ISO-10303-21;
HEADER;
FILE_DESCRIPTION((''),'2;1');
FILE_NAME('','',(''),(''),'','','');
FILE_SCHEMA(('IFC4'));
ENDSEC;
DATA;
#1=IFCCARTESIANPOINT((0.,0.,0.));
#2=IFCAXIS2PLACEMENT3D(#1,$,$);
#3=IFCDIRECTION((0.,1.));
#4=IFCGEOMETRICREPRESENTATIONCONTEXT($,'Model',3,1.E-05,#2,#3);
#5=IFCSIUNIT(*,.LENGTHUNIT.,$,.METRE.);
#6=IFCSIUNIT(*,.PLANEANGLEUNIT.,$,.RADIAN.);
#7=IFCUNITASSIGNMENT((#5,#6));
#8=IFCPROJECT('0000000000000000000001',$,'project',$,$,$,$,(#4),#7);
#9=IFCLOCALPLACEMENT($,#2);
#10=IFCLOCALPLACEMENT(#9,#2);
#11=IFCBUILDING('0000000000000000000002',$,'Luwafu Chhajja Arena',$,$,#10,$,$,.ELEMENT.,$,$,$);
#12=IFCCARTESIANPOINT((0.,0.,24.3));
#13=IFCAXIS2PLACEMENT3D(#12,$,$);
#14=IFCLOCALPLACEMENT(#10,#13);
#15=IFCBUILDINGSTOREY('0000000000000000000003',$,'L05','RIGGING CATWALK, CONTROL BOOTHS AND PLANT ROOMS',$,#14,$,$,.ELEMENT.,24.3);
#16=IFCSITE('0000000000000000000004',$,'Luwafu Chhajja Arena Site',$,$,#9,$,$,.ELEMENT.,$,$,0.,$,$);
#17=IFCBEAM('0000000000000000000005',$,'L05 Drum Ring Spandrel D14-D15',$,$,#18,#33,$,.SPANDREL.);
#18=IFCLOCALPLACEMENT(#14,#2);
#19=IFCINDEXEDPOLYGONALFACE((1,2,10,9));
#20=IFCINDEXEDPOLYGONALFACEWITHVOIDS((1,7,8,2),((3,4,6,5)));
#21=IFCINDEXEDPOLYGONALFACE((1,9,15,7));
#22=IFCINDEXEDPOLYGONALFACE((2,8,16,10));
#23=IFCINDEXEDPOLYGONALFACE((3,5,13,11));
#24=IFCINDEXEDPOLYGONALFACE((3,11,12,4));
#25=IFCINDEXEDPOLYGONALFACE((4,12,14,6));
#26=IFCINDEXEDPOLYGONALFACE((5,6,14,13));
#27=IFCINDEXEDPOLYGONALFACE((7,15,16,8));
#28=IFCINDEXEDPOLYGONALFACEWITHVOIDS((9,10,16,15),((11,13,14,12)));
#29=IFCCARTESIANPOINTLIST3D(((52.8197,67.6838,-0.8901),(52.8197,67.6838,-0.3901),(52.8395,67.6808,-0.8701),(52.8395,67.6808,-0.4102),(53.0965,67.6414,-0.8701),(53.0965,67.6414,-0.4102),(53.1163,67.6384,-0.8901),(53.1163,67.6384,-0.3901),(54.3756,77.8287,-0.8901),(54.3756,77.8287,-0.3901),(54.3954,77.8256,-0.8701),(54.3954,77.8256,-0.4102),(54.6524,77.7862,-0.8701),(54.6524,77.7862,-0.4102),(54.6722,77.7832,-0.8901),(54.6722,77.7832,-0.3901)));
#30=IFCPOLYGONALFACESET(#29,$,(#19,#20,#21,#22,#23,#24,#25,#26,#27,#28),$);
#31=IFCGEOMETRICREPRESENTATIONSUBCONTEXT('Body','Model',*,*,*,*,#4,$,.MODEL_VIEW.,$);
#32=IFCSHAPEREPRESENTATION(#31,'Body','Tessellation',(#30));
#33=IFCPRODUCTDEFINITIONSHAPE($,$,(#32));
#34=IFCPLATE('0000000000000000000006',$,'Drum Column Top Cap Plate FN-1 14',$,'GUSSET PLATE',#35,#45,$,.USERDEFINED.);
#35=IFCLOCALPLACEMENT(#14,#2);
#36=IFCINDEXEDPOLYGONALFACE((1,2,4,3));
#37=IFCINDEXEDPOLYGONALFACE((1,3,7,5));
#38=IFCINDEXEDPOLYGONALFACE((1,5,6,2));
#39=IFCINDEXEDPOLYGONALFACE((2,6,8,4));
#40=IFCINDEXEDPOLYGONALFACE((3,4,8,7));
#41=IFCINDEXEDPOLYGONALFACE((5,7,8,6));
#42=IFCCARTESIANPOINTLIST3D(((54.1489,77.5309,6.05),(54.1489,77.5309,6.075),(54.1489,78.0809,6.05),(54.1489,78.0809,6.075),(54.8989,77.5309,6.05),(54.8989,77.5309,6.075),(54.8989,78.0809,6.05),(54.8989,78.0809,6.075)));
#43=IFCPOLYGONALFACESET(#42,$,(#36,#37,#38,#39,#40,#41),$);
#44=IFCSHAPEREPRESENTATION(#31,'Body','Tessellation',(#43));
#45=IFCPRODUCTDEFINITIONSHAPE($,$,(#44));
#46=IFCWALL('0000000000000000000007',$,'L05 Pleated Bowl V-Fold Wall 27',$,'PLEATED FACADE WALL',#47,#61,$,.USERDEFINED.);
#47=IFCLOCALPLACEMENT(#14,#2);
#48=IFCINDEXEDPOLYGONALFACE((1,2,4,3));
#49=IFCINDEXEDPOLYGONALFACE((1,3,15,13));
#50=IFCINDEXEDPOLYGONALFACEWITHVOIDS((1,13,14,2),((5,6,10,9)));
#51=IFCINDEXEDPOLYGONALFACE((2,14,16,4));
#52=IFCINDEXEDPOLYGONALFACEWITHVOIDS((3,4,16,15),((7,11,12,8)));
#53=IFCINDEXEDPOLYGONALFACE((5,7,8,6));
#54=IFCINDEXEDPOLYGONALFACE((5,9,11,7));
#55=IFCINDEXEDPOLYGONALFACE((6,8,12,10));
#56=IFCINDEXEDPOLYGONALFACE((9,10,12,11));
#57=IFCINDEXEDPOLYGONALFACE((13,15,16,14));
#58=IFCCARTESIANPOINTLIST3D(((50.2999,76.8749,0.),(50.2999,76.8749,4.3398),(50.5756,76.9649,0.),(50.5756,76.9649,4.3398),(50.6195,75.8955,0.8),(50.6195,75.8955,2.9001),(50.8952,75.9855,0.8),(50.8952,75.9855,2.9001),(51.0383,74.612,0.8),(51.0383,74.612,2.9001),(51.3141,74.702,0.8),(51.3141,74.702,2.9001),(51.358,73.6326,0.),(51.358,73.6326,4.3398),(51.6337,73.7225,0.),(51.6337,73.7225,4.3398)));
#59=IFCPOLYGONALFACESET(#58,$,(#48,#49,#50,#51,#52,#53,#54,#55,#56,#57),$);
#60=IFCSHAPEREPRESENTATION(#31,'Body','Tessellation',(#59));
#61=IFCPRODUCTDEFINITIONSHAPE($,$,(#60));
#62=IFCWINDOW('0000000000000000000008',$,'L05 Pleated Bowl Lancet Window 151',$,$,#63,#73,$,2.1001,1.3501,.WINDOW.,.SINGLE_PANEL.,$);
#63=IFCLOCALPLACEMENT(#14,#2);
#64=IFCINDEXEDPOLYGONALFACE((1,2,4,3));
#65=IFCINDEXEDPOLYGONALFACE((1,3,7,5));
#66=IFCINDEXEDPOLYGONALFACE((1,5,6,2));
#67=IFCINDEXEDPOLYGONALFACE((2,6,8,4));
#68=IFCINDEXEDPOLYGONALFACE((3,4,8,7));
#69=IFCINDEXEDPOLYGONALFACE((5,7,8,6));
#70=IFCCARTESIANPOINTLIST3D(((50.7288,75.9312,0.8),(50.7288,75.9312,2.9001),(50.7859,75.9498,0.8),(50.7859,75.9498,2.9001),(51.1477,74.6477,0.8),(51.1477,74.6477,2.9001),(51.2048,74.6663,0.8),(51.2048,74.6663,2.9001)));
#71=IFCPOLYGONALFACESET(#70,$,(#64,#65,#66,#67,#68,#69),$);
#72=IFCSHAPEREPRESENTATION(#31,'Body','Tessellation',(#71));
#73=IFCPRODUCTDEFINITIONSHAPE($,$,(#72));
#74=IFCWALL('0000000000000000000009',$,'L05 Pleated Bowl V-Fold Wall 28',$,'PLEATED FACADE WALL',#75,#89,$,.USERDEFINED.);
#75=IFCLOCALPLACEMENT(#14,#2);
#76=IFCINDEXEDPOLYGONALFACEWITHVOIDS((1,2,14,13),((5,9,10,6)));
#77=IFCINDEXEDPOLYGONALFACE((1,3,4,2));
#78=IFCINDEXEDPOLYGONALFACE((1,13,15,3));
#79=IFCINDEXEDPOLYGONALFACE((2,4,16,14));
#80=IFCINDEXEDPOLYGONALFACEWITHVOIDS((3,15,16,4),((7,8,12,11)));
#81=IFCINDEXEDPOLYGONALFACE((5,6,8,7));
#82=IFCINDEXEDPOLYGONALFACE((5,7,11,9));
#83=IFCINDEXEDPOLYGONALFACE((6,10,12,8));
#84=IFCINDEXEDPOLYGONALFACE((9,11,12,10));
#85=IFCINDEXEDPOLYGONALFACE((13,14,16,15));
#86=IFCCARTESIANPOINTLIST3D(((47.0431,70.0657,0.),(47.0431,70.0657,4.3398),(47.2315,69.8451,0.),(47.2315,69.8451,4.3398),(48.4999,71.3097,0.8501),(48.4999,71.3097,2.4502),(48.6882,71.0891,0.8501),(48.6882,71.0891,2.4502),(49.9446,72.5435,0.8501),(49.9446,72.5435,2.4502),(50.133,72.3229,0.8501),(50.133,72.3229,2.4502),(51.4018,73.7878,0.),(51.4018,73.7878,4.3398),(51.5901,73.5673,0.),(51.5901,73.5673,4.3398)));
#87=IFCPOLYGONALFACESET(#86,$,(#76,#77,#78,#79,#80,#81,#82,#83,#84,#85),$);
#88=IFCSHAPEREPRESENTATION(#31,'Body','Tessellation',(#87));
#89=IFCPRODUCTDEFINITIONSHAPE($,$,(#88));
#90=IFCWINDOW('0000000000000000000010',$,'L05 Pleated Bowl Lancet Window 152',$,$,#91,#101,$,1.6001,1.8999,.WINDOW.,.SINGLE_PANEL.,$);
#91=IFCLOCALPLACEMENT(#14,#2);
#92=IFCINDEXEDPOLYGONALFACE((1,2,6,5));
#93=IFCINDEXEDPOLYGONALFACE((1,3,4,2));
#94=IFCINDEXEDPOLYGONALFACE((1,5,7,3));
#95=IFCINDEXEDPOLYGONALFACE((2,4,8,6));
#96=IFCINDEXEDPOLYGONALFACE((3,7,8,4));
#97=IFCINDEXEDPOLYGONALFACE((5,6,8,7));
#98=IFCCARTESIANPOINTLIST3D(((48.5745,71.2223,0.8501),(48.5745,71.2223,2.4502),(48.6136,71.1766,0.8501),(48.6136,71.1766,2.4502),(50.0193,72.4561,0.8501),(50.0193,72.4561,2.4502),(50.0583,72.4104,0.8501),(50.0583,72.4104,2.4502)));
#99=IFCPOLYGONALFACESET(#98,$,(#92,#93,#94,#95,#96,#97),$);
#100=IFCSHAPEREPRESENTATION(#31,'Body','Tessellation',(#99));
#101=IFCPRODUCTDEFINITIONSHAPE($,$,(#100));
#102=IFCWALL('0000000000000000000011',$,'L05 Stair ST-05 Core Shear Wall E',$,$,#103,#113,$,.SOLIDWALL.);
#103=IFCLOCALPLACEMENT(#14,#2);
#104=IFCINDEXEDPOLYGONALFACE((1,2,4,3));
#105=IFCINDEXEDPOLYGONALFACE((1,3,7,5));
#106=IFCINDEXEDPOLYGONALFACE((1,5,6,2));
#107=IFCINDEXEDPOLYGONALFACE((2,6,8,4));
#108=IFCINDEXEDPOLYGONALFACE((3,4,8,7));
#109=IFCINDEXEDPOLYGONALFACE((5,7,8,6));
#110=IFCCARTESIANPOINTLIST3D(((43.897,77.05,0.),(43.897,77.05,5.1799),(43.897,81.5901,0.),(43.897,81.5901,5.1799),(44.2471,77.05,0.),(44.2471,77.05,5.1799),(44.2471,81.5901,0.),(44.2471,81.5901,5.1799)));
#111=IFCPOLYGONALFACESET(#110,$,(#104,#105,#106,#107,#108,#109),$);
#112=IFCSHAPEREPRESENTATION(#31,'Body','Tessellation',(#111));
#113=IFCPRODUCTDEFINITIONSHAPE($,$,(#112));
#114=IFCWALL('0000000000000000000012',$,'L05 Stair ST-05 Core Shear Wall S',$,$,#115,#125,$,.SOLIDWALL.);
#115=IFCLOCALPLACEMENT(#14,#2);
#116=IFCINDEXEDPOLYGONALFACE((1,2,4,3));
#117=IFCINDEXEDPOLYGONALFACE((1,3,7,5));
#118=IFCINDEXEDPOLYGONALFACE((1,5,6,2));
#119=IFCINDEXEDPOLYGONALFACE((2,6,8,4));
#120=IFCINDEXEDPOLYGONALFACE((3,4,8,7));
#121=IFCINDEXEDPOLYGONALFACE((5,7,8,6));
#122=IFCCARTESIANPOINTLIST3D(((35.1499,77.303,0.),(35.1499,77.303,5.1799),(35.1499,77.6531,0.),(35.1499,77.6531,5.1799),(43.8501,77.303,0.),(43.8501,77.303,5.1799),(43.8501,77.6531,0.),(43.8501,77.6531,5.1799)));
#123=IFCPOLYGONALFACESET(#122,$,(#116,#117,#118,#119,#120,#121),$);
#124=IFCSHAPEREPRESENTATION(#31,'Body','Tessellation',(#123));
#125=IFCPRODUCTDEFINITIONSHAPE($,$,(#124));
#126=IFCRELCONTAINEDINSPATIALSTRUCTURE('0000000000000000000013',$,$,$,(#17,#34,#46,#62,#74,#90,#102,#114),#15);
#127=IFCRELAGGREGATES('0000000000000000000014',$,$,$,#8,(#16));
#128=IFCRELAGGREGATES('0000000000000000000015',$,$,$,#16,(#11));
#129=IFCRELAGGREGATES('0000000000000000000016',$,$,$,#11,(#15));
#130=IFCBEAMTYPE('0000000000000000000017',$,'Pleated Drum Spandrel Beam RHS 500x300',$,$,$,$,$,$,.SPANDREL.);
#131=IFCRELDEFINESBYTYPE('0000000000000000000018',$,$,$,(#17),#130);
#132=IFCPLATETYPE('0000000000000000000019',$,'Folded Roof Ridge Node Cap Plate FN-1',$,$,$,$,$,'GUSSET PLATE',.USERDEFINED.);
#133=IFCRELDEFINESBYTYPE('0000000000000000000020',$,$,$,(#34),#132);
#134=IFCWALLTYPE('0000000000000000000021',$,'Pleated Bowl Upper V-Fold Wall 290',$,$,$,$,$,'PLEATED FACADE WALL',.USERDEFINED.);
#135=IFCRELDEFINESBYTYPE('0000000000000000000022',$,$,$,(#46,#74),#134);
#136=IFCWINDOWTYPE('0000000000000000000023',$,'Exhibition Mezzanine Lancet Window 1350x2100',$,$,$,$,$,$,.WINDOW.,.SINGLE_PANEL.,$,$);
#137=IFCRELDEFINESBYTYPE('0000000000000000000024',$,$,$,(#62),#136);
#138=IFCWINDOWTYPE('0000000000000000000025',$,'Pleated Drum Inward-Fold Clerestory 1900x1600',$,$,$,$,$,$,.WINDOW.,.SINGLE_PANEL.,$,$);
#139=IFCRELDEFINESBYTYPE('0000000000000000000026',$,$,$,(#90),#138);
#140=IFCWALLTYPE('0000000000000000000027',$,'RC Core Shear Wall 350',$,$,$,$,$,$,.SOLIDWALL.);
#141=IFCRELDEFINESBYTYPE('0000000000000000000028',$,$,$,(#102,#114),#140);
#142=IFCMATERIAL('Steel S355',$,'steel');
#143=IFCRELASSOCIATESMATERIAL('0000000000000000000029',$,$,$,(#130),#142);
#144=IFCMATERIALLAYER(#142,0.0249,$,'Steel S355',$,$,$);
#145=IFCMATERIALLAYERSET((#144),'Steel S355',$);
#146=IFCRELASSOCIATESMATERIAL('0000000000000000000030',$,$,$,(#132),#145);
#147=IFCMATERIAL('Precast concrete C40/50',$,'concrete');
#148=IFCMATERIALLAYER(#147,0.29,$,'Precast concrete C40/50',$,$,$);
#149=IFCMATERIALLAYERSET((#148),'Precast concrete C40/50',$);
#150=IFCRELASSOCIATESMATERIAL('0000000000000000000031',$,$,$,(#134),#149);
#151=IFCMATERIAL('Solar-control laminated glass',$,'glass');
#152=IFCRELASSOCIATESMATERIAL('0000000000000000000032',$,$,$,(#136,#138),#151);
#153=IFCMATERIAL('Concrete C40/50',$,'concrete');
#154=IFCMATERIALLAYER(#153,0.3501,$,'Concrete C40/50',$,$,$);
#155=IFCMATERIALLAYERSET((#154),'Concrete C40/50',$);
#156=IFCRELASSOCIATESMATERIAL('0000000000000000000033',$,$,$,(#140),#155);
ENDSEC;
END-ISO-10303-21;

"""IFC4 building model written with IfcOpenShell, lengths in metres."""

from ifc_helpers import new_model, si_unit, direction, frame, frame_2d, origin, origin_2d, place, context, subcontext, project, spatial, rectangle, hollow_rectangle, extrude, material, layer, layer_set, material_profile, profile_set, type_object, element, fill, save


model = new_model("IFC4")

# Units and contexts
model_context = context("Model", 3, precision=1e-05, world=origin(), true_north=direction((0.0, 1.0)))
body_context = subcontext(model_context, "Body", "Model", "MODEL_VIEW")
ifc_project = project(units=[si_unit("LENGTHUNIT", "METRE"), si_unit("PLANEANGLEUNIT", "RADIAN")], contexts=[model_context])

# Site, building, storey
site_placement = place(None, origin())
site = spatial("IfcSite", under=ifc_project, at=site_placement, Name="Luwafu Chhajja Arena Site", CompositionType="ELEMENT", RefElevation=0.0)
building_placement = place(site_placement, origin())
building = spatial("IfcBuilding", under=site, at=building_placement, Name="Luwafu Chhajja Arena", CompositionType="ELEMENT")
storey_placement = place(building_placement, frame((0.0, 0.0, 24.3)))
storey = spatial("IfcBuildingStorey", under=building, at=storey_placement, Name="L05", Description="RIGGING CATWALK, CONTROL BOOTHS AND PLANT ROOMS", CompositionType="ELEMENT", Elevation=24.3)

# Shared definitions
ifc_material_1 = material(Name="Steel S355", Category="steel")

# Beam
ifc_material_profile_1 = material_profile(ifc_material_1, hollow_rectangle(XDim=0.3, YDim=0.5, WallThickness=0.02, at=origin_2d()), Name="RHS 500x300x20")
ifc_profile_set_1 = profile_set([ifc_material_profile_1], Name="Steel S355")
beam_type_1 = type_object("IfcBeamType", Name="Pleated Drum Spandrel Beam RHS 500x300", PredefinedType="SPANDREL", material=ifc_profile_set_1)
beam_1_placement = place(storey_placement, frame((54.5239, 77.8059, -0.6401), z_axis=(-0.151598, -0.988442, 0.0), x_axis=(0.988442, -0.151598, 0.0)))
element("IfcBeam", 1, at=beam_1_placement, inside=storey, type_object=beam_type_1, Name="L05 Drum Ring Spandrel D14-D15", PredefinedType="SPANDREL", context=body_context, shape_type="SweptSolid", body=[
    extrude(hollow_rectangle(XDim=0.3, YDim=0.5, WallThickness=0.02, at=origin_2d()), origin(), (0.0, 0.0, 1.0), 10.2634),
])

# Plate
ifc_layer_1 = layer(ifc_material_1, 0.0249, Name="Steel S355")
ifc_layer_set_1 = layer_set([ifc_layer_1], Name="Steel S355")
plate_type = type_object("IfcPlateType", Name="Folded Roof Ridge Node Cap Plate FN-1", ElementType="GUSSET PLATE", PredefinedType="USERDEFINED", material=ifc_layer_set_1)
plate_placement = place(storey_placement, frame((54.5239, 77.8059, 6.05), z_axis=(0.0, 0.0, 1.0), x_axis=(1.0, 0.0, 0.0)))
element("IfcPlate", 2, at=plate_placement, inside=storey, type_object=plate_type, Name="Drum Column Top Cap Plate FN-1 14", ObjectType="GUSSET PLATE", PredefinedType="USERDEFINED", context=body_context, shape_type="SweptSolid", body=[
    extrude(rectangle(XDim=0.75, YDim=0.55, at=origin_2d()), origin(), (0.0, 0.0, 1.0), 0.0249),
])

# Walls, openings, windows
ifc_material_2 = material(Name="Precast concrete C40/50", Category="concrete")
ifc_layer_2 = layer(ifc_material_2, 0.29, Name="Precast concrete C40/50")
ifc_layer_set_2 = layer_set([ifc_layer_2], Name="Precast concrete C40/50")
wall_type_1 = type_object("IfcWallType", Name="Pleated Bowl Upper V-Fold Wall 290", ElementType="PLEATED FACADE WALL", PredefinedType="USERDEFINED", material=ifc_layer_set_2)
wall_1_placement = place(storey_placement, frame((50.4377, 76.9199, 0.0), z_axis=(0.0, 0.0, 1.0), x_axis=(0.31023, -0.950661, 0.0)))
wall_1 = element("IfcWall", 3, at=wall_1_placement, inside=storey, type_object=wall_type_1, Name="L05 Pleated Bowl V-Fold Wall 27", ObjectType="PLEATED FACADE WALL", PredefinedType="USERDEFINED", context=body_context, shape_type="SweptSolid", body=[
    extrude(rectangle(XDim=3.4106, YDim=0.29, at=frame_2d((1.7053, 0.0))), origin(), (0.0, 0.0, 1.0), 4.3398),
])
opening_1_placement = place(wall_1_placement, frame((1.0303, 0.0, 0.8)))
opening_1 = element("IfcOpeningElement", 4, at=opening_1_placement, cuts=wall_1, PredefinedType="OPENING", context=body_context, shape_type="SweptSolid", body=[
    extrude(rectangle(XDim=1.3501, YDim=2.1001, at=frame_2d((0.675, 1.05))), frame((0.0, 0.155, 0.0), z_axis=(0.0, -1.0, 0.0), x_axis=(1.0, 0.0, 0.0)), (0.0, 0.0, 1.0), 0.3101),
])
ifc_material_3 = material(Name="Solar-control laminated glass", Category="glass")
window_type_1 = type_object("IfcWindowType", Name="Exhibition Mezzanine Lancet Window 1350x2100", PartitioningType="SINGLE_PANEL", PredefinedType="WINDOW", material=ifc_material_3)
window_1_placement = place(opening_1_placement, origin())
window_1 = element("IfcWindow", 5, at=window_1_placement, inside=storey, type_object=window_type_1, Name="L05 Pleated Bowl Lancet Window 151", OverallHeight=2.1001, OverallWidth=1.3501, PartitioningType="SINGLE_PANEL", PredefinedType="WINDOW", context=body_context, shape_type="SweptSolid", body=[
    extrude(rectangle(XDim=1.3501, YDim=2.1001, at=frame_2d((0.675, 1.05))), frame((0.0, 0.03, 0.0), z_axis=(0.0, -1.0, 0.0), x_axis=(1.0, 0.0, 0.0)), (0.0, 0.0, 1.0), 0.0601),
])
fill(opening_1, window_1)
wall_2_placement = place(storey_placement, frame((51.4958, 73.6775, 0.0), z_axis=(0.0, 0.0, 1.0), x_axis=(-0.760446, -0.649401, 0.0)))
wall_2 = element("IfcWall", 6, at=wall_2_placement, inside=storey, type_object=wall_type_1, Name="L05 Pleated Bowl V-Fold Wall 28", ObjectType="PLEATED FACADE WALL", PredefinedType="USERDEFINED", context=body_context, shape_type="SweptSolid", body=[
    extrude(rectangle(XDim=5.7317, YDim=0.29, at=frame_2d((2.8657, 0.0))), origin(), (0.0, 0.0, 1.0), 4.3398),
])
opening_2_placement = place(wall_2_placement, frame((1.916, 0.0, 0.8501)))
opening_2 = element("IfcOpeningElement", 7, at=opening_2_placement, cuts=wall_2, PredefinedType="OPENING", context=body_context, shape_type="SweptSolid", body=[
    extrude(rectangle(XDim=1.8999, YDim=1.6001, at=frame_2d((0.95, 0.8))), frame((0.0, 0.155, 0.0), z_axis=(0.0, -1.0, 0.0), x_axis=(1.0, 0.0, 0.0)), (0.0, 0.0, 1.0), 0.3101),
])
window_type_2 = type_object("IfcWindowType", Name="Pleated Drum Inward-Fold Clerestory 1900x1600", PartitioningType="SINGLE_PANEL", PredefinedType="WINDOW", material=ifc_material_3)
window_2_placement = place(opening_2_placement, origin())
window_2 = element("IfcWindow", 8, at=window_2_placement, inside=storey, type_object=window_type_2, Name="L05 Pleated Bowl Lancet Window 152", OverallHeight=1.6001, OverallWidth=1.8999, PartitioningType="SINGLE_PANEL", PredefinedType="WINDOW", context=body_context, shape_type="SweptSolid", body=[
    extrude(rectangle(XDim=1.8999, YDim=1.6001, at=frame_2d((0.95, 0.8))), frame((0.0, 0.03, 0.0), z_axis=(0.0, -1.0, 0.0), x_axis=(1.0, 0.0, 0.0)), (0.0, 0.0, 1.0), 0.0601),
])
fill(opening_2, window_2)

# Walls
ifc_material_4 = material(Name="Concrete C40/50", Category="concrete")
ifc_layer_3 = layer(ifc_material_4, 0.3501, Name="Concrete C40/50")
ifc_layer_set_3 = layer_set([ifc_layer_3], Name="Concrete C40/50")
wall_type_2 = type_object("IfcWallType", Name="RC Core Shear Wall 350", PredefinedType="SOLIDWALL", material=ifc_layer_set_3)
wall_3_placement = place(storey_placement, frame((44.072, 77.05, 0.0), z_axis=(0.0, 0.0, 1.0), x_axis=(0.0, 1.0, 0.0)))
element("IfcWall", 9, at=wall_3_placement, inside=storey, type_object=wall_type_2, Name="L05 Stair ST-05 Core Shear Wall E", PredefinedType="SOLIDWALL", context=body_context, shape_type="SweptSolid", body=[
    extrude(rectangle(XDim=4.54, YDim=0.3501, at=frame_2d((2.27, 0.0))), origin(), (0.0, 0.0, 1.0), 5.1799),
])
wall_4_placement = place(storey_placement, frame((35.1499, 77.478, 0.0), z_axis=(0.0, 0.0, 1.0), x_axis=(1.0, 0.0, 0.0)))
element("IfcWall", 10, at=wall_4_placement, inside=storey, type_object=wall_type_2, Name="L05 Stair ST-05 Core Shear Wall S", PredefinedType="SOLIDWALL", context=body_context, shape_type="SweptSolid", body=[
    extrude(rectangle(XDim=8.7002, YDim=0.3501, at=frame_2d((4.3501, 0.0))), origin(), (0.0, 0.0, 1.0), 5.1799),
])

save(model, "model.ifc")
